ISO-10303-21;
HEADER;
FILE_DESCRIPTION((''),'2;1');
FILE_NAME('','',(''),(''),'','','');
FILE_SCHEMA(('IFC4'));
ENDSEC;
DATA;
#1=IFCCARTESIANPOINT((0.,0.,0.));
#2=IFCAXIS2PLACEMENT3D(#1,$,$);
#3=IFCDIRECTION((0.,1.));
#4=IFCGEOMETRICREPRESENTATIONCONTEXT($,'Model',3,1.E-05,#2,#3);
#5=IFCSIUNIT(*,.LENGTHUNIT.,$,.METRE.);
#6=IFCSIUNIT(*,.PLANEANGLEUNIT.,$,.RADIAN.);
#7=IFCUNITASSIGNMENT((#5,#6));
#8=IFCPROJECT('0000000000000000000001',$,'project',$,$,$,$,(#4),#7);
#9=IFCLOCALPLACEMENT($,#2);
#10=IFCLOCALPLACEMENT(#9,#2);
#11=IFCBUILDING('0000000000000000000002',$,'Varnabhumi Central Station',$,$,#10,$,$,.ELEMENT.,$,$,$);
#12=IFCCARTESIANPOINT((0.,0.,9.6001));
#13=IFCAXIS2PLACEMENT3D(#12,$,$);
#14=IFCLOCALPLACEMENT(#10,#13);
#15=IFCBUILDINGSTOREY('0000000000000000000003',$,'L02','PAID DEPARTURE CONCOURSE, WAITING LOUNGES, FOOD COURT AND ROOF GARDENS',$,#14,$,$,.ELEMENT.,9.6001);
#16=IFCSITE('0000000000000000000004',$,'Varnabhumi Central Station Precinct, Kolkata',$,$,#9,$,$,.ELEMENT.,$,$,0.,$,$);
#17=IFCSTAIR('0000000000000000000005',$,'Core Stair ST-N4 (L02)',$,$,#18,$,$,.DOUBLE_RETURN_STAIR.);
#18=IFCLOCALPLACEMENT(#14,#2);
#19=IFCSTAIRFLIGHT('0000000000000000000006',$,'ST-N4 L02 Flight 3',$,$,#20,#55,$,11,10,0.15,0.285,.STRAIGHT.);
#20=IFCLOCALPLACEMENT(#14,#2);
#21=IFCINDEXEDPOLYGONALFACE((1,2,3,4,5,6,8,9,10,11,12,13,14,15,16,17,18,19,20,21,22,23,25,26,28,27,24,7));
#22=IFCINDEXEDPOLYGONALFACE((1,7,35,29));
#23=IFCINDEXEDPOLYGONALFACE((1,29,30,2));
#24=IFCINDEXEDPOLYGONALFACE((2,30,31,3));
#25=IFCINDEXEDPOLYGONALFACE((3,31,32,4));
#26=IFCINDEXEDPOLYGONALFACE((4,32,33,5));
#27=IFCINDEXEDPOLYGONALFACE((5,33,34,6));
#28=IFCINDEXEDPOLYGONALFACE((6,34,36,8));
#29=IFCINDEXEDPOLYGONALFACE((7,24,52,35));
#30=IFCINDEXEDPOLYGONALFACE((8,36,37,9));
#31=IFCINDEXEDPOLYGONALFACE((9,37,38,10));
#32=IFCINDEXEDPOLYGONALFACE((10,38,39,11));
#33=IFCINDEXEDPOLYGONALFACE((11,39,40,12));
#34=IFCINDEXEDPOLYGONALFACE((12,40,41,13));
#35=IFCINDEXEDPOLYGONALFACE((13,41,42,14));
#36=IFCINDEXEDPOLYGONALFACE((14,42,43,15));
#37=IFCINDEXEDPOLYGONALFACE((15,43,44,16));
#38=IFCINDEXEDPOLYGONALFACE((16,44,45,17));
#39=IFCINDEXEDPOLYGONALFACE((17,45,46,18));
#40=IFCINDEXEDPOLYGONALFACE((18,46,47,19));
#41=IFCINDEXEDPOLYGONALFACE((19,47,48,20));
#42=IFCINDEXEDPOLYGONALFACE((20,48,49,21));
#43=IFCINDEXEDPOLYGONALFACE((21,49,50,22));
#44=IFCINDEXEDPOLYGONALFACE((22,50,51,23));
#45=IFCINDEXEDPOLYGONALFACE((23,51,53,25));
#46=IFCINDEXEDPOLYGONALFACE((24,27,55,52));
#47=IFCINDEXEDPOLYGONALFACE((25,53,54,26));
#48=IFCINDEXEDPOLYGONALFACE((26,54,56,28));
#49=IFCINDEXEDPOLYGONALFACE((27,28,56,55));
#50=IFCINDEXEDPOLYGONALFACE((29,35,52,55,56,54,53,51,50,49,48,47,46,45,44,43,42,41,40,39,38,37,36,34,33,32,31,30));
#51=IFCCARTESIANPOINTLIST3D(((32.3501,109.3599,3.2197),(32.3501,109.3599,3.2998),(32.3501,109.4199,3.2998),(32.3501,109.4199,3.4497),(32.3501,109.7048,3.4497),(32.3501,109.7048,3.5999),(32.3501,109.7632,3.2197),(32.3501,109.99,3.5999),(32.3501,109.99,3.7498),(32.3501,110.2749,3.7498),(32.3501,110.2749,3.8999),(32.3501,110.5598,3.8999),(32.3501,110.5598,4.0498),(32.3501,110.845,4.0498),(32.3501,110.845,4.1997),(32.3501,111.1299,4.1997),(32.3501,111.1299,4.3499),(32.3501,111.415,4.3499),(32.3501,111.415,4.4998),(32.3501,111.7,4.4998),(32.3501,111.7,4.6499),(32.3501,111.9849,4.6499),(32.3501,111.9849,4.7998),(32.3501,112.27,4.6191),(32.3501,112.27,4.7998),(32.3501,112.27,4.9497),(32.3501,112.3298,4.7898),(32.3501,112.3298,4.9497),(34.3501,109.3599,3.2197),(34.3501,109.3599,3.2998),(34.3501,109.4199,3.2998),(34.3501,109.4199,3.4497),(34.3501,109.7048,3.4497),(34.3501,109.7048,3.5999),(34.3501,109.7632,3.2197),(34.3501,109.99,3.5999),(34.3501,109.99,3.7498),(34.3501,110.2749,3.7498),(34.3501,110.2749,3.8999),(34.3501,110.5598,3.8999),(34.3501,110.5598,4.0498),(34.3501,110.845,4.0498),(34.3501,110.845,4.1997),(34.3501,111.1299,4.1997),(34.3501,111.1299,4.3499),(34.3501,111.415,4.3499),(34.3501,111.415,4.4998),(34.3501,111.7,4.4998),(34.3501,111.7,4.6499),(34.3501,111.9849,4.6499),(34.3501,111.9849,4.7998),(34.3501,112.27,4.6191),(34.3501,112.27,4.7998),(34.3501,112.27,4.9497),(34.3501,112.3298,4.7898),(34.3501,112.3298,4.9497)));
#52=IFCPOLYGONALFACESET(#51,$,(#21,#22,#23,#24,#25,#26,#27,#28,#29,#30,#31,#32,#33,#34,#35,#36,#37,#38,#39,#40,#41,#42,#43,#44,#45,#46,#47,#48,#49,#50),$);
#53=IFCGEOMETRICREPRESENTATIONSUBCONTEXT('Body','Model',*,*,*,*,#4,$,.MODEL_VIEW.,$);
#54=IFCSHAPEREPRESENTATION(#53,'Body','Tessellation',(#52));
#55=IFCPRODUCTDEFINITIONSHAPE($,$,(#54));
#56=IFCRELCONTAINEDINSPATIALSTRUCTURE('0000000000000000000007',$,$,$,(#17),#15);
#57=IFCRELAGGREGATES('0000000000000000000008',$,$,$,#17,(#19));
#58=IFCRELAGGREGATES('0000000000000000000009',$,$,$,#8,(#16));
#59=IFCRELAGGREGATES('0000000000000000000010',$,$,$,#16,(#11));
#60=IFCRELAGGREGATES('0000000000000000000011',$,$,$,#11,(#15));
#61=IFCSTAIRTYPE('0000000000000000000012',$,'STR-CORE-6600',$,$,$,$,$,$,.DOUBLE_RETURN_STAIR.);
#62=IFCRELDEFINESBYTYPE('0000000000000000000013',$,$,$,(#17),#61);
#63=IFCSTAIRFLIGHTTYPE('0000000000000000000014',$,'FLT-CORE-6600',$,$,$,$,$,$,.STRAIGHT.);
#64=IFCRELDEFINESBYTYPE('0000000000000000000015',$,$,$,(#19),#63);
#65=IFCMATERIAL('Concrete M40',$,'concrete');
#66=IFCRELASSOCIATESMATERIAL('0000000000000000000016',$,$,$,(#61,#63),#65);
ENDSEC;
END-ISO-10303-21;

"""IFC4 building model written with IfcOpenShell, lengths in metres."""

from ifc_helpers import new_model, si_unit, direction, frame, origin, place, context, subcontext, project, spatial, polyline, outline, extrude, material, type_object, element, aggregate, save


model = new_model("IFC4")

# Units and contexts
model_context = context("Model", 3, precision=1e-05, world=origin(), true_north=direction((0.0, 1.0)))
body_context = subcontext(model_context, "Body", "Model", "MODEL_VIEW")
ifc_project = project(units=[si_unit("LENGTHUNIT", "METRE"), si_unit("PLANEANGLEUNIT", "RADIAN")], contexts=[model_context])

# Site, building, storey
site_placement = place(None, origin())
site = spatial("IfcSite", under=ifc_project, at=site_placement, Name="Varnabhumi Central Station Precinct, Kolkata", CompositionType="ELEMENT", RefElevation=0.0)
building_placement = place(site_placement, origin())
building = spatial("IfcBuilding", under=site, at=building_placement, Name="Varnabhumi Central Station", CompositionType="ELEMENT")
storey_placement = place(building_placement, frame((0.0, 0.0, 9.6001)))
storey = spatial("IfcBuildingStorey", under=building, at=storey_placement, Name="L02", Description="PAID DEPARTURE CONCOURSE, WAITING LOUNGES, FOOD COURT AND ROOF GARDENS", CompositionType="ELEMENT", Elevation=9.6001)

# Shared definitions
ifc_material_1 = material(Name="Concrete M40", Category="concrete")

# Stair, stair flight
stair_type = type_object("IfcStairType", Name="STR-CORE-6600", PredefinedType="DOUBLE_RETURN_STAIR", material=ifc_material_1)
stair_placement = place(storey_placement, origin())
stair = element("IfcStair", 1, at=stair_placement, inside=storey, type_object=stair_type, Name="Core Stair ST-N4 (L02)", PredefinedType="DOUBLE_RETURN_STAIR")
stair_flight_type = type_object("IfcStairFlightType", Name="FLT-CORE-6600", PredefinedType="STRAIGHT", material=ifc_material_1)
stair_flight_1_placement = place(storey_placement, frame((33.3501, 109.4199, 3.2998), z_axis=(0.0, 0.0, 1.0), x_axis=(0.0, 1.0, 0.0)))
stair_flight_1 = element("IfcStairFlight", 2, at=stair_flight_1_placement, type_object=stair_flight_type, Name="ST-N4 L02 Flight 3", NumberOfRisers=11, NumberOfTreads=10, PredefinedType="STRAIGHT", RiserHeight=0.15, TreadLength=0.285, context=body_context, shape_type="SweptSolid", body=[
    extrude(outline(polyline([(-0.0601, -0.0801), (-0.0601, 0.0), (0.0, 0.0), (0.0, 0.1499), (0.2849, 0.1499), (0.2849, 0.3), (0.5701, 0.3), (0.5701, 0.45), (0.855, 0.45), (0.855, 0.6001), (1.1399, 0.6001), (1.1399, 0.75), (1.425, 0.75), (1.425, 0.8999), (1.71, 0.8999), (1.71, 1.05), (1.9951, 1.05), (1.9951, 1.2), (2.28, 1.2), (2.28, 1.3501), (2.5649, 1.3501), (2.5649, 1.5), (2.8501, 1.5), (2.8501, 1.6499), (2.9099, 1.6499), (2.9099, 1.49), (2.8501, 1.3193), (0.3433, -0.0801), (-0.0601, -0.0801)])), frame((0.0, 1.0, 0.0), z_axis=(0.0, -1.0, 0.0), x_axis=(1.0, 0.0, 0.0)), (0.0, 0.0, 1.0), 2.0),
])
aggregate(stair, [stair_flight_1])

save(model, "model.ifc")
